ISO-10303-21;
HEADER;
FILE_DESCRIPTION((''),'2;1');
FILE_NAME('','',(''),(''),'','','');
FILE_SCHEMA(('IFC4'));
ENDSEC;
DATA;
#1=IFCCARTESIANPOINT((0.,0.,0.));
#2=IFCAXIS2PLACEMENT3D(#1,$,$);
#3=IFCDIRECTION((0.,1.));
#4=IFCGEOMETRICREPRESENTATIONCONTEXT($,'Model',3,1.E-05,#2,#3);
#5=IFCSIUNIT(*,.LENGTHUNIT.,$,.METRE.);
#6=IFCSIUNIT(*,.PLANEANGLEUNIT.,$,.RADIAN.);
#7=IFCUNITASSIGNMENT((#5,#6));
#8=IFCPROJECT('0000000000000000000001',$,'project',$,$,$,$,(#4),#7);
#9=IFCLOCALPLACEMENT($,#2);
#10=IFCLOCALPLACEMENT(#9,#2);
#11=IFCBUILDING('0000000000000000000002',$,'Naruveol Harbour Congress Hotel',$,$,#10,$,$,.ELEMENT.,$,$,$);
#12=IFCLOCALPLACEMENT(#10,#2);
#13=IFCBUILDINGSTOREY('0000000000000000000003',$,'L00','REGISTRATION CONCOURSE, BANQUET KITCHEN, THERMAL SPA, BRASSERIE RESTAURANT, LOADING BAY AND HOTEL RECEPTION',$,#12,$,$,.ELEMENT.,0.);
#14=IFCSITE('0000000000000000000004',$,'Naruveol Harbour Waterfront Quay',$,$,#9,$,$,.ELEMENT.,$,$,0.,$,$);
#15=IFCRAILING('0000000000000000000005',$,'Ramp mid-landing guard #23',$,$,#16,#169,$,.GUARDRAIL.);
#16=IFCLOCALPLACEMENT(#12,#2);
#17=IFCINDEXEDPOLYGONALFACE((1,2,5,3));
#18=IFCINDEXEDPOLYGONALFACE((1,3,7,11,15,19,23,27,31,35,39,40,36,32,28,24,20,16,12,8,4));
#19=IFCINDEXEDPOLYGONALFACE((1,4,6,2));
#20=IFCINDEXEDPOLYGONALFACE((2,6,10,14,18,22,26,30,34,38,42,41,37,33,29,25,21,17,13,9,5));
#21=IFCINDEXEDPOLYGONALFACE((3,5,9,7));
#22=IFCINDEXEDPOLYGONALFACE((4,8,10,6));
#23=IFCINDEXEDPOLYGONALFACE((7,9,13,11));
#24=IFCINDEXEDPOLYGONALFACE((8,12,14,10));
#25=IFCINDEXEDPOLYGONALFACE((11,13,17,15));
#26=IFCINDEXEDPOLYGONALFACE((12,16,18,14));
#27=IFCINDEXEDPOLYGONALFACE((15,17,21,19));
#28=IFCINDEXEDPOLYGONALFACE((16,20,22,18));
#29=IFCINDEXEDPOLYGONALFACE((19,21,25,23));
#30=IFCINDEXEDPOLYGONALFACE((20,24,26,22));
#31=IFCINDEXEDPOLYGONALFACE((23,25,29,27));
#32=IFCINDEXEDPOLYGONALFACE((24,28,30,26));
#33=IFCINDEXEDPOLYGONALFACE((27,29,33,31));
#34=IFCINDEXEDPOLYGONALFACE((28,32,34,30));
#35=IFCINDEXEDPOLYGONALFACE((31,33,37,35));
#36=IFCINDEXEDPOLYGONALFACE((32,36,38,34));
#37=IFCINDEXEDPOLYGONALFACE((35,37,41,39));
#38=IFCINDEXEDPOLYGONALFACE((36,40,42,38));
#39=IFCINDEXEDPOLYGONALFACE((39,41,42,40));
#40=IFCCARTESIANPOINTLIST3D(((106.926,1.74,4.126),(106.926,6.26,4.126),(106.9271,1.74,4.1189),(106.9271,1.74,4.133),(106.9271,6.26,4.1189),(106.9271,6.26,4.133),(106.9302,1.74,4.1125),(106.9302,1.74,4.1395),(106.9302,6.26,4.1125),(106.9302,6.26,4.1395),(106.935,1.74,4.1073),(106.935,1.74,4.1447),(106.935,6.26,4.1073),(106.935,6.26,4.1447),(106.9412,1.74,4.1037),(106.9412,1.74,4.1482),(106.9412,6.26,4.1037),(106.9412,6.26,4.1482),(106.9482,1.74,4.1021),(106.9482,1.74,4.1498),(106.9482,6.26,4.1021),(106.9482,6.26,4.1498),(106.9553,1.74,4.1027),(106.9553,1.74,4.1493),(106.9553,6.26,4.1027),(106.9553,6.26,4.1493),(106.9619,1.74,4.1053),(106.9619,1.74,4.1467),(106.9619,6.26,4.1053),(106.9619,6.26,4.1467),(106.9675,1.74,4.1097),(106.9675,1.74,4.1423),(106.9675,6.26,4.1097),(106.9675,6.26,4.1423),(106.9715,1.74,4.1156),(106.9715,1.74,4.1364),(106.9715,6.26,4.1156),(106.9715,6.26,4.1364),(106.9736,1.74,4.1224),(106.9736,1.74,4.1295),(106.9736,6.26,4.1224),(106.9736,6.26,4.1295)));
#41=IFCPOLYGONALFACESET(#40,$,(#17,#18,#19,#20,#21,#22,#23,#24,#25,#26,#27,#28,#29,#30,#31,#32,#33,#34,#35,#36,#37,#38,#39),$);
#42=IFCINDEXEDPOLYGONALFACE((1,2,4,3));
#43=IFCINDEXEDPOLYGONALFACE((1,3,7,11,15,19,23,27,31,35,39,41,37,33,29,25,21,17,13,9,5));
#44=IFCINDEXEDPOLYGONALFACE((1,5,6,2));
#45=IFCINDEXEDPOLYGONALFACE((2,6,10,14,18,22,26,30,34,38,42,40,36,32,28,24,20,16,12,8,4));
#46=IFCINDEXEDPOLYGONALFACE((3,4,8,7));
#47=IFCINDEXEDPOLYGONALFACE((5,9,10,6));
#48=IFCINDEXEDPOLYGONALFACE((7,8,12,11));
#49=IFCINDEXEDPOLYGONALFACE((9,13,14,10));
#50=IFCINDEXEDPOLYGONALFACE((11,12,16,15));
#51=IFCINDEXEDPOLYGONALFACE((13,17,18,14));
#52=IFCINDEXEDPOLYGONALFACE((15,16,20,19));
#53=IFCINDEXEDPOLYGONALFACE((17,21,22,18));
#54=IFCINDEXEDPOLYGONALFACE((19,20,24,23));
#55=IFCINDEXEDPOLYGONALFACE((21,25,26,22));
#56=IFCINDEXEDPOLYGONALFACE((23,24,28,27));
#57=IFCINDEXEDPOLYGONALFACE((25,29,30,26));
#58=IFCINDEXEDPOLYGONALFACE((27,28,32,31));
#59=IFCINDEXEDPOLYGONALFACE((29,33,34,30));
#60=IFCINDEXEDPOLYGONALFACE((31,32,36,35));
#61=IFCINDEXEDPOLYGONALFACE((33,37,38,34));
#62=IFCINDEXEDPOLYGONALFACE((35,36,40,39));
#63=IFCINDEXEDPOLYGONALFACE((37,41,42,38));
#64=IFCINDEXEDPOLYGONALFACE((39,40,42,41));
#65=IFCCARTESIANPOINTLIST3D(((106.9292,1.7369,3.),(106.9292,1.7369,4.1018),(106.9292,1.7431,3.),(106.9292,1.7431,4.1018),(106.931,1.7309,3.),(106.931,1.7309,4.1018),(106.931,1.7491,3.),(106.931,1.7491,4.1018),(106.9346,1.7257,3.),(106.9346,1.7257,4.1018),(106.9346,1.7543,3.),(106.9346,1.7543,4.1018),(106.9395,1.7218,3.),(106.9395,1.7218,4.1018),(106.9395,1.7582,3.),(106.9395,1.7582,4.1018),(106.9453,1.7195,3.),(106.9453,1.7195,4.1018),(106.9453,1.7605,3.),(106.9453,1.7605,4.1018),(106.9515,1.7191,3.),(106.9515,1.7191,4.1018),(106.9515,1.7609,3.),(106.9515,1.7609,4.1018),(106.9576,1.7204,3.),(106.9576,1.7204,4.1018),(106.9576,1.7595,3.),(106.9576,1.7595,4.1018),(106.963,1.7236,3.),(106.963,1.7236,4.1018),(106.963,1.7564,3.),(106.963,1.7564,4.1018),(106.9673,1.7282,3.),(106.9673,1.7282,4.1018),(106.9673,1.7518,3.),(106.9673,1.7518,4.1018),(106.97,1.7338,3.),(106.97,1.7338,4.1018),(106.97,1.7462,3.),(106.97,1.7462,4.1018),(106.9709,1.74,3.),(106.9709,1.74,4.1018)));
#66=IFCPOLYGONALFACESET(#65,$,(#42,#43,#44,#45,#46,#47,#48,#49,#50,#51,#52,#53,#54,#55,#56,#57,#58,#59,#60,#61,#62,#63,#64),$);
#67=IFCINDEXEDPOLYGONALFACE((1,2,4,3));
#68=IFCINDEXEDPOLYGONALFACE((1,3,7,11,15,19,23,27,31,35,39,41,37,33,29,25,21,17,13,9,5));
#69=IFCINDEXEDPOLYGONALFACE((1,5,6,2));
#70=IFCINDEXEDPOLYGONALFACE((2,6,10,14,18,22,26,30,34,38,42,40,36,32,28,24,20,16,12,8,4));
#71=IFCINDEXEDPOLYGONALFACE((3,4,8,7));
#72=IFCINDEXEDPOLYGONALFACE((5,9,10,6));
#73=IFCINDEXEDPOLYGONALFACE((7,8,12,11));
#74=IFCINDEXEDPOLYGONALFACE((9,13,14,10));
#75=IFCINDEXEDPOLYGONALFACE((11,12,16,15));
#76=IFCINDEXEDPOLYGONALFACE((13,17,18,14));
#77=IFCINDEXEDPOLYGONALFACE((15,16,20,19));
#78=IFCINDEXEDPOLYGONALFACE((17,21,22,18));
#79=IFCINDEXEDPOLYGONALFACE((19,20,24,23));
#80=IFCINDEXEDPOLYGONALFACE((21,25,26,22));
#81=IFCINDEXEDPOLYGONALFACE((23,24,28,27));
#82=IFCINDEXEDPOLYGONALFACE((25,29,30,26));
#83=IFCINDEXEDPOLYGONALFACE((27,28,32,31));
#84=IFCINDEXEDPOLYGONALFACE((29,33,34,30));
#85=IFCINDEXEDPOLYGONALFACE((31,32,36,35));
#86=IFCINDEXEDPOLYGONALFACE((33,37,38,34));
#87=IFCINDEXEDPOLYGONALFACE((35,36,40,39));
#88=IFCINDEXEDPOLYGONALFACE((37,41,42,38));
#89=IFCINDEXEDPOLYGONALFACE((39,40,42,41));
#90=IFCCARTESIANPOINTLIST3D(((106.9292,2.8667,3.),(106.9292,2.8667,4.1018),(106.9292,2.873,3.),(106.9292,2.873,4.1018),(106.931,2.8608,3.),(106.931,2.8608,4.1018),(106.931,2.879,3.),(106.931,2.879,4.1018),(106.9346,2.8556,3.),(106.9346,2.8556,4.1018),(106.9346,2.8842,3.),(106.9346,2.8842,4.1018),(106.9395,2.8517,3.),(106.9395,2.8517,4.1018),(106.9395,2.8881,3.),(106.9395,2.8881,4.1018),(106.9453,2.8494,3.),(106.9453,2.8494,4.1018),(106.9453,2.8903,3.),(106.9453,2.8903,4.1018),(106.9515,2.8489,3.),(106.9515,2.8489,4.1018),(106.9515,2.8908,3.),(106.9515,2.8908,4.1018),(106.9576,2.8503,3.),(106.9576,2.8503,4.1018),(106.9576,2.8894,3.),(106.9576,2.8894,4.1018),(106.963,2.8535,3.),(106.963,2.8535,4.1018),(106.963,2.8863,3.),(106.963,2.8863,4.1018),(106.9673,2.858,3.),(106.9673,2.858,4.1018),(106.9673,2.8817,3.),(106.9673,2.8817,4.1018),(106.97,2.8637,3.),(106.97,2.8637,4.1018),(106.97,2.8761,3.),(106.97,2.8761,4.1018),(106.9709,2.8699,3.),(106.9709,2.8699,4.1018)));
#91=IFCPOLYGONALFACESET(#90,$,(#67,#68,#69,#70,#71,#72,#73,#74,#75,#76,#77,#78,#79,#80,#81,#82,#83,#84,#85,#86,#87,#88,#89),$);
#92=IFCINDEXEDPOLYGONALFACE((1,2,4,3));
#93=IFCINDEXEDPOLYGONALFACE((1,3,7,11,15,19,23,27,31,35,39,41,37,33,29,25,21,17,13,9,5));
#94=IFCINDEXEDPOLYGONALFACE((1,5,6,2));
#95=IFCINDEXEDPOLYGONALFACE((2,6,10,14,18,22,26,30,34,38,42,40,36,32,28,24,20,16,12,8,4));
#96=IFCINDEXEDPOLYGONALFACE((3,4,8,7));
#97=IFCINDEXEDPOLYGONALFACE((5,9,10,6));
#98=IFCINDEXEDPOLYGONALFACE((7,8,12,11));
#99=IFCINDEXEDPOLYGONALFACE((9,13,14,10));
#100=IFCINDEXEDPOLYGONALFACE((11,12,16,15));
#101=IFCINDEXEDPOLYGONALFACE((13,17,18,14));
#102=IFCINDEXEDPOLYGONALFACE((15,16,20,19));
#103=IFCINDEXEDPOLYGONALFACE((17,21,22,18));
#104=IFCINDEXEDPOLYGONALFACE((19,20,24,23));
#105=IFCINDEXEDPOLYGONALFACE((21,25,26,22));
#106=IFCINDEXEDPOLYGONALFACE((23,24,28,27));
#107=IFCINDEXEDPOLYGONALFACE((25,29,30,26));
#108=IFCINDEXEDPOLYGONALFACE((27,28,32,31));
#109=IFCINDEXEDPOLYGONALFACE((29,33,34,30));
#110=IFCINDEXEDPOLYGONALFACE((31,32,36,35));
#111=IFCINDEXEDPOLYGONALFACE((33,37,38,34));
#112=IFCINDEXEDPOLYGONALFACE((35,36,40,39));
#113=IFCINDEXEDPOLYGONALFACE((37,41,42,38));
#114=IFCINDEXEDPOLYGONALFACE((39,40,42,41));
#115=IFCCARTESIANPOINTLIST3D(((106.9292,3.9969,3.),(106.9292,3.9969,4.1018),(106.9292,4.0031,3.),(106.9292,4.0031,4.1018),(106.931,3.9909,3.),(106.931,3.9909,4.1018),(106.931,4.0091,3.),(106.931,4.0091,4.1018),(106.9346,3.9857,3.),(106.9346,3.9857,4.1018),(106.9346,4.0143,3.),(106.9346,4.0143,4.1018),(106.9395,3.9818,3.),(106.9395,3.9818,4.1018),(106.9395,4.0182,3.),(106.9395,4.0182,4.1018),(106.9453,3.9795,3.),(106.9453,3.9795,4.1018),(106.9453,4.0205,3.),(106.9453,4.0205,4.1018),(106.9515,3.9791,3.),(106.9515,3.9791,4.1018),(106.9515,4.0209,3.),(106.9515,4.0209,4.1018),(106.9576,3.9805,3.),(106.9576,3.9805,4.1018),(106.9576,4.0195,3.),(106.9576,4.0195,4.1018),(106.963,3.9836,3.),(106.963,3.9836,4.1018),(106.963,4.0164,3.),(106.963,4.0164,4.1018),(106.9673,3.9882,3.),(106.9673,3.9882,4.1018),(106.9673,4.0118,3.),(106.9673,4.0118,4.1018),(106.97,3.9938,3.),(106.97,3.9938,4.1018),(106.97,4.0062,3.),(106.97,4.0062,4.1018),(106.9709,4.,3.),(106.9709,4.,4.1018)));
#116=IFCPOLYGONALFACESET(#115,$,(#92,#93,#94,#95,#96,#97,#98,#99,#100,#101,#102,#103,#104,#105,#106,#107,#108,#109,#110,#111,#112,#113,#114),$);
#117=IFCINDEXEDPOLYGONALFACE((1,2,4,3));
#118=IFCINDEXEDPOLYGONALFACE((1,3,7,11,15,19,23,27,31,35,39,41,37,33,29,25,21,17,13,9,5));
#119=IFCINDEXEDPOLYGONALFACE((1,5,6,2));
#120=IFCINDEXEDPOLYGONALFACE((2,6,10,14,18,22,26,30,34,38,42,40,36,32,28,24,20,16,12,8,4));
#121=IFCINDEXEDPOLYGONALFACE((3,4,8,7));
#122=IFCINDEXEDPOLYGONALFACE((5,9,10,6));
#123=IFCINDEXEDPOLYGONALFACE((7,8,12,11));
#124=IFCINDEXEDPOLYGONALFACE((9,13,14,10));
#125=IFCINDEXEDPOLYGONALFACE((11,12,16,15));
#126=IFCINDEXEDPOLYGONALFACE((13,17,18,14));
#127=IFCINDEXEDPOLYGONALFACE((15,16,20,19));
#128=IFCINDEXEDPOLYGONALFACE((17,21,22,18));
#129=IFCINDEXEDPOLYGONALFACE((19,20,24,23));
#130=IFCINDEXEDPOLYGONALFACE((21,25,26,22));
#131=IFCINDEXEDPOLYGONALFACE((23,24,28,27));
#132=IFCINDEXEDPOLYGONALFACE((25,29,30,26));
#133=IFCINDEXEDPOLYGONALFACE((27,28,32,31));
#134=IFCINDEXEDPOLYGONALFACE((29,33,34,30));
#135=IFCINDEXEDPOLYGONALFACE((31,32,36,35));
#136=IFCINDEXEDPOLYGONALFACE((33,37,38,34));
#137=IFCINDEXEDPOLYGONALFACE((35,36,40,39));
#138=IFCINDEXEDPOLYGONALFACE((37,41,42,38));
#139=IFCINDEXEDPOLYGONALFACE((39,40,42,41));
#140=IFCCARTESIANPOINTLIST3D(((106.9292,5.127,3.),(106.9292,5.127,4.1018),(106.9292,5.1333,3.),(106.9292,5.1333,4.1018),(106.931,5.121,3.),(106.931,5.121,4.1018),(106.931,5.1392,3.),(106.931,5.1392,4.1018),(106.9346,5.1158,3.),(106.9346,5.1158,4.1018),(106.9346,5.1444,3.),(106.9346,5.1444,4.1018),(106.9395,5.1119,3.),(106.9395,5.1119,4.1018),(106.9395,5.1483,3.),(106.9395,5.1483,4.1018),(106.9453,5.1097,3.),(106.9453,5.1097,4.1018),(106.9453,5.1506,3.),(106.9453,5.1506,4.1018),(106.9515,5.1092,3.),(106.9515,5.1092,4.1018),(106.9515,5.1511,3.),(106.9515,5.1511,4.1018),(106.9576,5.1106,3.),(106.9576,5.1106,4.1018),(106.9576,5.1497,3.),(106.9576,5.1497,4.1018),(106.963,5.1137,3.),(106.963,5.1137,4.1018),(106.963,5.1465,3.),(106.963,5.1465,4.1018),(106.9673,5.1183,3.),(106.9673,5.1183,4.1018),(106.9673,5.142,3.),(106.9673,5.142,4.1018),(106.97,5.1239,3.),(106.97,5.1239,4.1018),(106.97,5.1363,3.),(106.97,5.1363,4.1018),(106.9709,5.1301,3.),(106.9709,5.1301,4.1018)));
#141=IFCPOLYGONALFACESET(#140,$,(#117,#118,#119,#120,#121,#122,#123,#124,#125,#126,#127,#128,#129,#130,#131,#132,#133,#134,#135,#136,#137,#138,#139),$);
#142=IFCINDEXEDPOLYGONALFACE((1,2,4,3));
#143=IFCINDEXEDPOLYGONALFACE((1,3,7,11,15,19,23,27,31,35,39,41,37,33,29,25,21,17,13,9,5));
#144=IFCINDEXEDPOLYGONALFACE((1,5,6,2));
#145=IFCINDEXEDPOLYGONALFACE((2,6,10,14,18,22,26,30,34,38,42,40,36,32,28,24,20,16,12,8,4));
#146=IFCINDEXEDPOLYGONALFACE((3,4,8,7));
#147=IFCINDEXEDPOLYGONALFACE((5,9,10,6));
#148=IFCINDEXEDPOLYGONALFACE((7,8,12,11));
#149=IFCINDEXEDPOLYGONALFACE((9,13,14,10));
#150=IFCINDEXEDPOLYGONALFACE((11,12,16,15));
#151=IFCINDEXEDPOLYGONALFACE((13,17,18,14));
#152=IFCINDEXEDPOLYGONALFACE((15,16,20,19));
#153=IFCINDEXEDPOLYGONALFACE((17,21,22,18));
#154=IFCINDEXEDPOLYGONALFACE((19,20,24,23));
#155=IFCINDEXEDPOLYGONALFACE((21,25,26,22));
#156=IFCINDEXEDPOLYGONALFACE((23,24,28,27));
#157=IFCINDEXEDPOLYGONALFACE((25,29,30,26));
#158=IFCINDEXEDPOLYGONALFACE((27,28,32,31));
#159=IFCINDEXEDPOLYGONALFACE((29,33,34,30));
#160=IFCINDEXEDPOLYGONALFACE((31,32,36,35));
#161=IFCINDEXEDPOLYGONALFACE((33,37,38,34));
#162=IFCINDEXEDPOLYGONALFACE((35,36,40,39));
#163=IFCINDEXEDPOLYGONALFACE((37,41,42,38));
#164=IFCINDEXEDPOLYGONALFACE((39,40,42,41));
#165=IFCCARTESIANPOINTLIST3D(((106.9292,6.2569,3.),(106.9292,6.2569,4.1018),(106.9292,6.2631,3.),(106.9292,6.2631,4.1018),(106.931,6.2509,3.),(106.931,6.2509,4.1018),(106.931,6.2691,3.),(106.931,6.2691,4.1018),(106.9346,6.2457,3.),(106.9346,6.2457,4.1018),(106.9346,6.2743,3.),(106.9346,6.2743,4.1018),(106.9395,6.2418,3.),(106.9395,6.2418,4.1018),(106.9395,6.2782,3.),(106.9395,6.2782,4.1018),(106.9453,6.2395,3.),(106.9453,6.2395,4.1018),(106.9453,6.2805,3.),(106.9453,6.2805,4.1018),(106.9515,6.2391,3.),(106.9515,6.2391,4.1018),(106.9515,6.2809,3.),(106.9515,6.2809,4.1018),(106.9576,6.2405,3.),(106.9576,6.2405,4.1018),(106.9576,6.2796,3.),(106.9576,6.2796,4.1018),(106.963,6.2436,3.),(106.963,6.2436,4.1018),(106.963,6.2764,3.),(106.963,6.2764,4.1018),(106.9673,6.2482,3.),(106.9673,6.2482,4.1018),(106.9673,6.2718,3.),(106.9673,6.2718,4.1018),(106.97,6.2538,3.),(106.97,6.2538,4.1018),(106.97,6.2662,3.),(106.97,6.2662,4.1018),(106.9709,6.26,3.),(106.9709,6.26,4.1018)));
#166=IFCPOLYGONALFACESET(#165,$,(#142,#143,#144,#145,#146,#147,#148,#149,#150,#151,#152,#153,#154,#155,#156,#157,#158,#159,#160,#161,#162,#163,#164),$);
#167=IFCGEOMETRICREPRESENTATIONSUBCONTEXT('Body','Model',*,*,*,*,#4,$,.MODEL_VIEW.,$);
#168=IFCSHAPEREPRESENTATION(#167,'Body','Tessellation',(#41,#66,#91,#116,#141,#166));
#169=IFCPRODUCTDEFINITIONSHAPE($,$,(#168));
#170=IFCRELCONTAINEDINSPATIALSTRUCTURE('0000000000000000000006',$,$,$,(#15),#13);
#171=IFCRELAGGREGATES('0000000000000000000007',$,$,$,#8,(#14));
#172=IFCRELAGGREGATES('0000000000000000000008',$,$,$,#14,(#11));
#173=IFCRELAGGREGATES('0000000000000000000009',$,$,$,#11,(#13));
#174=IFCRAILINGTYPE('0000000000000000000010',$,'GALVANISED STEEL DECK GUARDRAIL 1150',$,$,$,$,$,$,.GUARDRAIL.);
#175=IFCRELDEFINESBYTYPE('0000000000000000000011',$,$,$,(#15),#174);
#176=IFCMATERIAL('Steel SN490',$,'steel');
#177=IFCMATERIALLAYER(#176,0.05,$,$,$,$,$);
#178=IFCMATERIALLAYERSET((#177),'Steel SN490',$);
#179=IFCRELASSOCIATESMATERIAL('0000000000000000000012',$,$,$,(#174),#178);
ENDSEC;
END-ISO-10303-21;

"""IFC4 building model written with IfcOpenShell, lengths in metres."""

from ifc_helpers import new_model, si_unit, direction, frame, origin, origin_2d, place, context, subcontext, project, spatial, circle, extrude, material, layer, layer_set, type_object, element, save


model = new_model("IFC4")

# Units and contexts
model_context = context("Model", 3, precision=1e-05, world=origin(), true_north=direction((0.0, 1.0)))
body_context = subcontext(model_context, "Body", "Model", "MODEL_VIEW")
ifc_project = project(units=[si_unit("LENGTHUNIT", "METRE"), si_unit("PLANEANGLEUNIT", "RADIAN")], contexts=[model_context])

# Site, building, storey
site_placement = place(None, origin())
site = spatial("IfcSite", under=ifc_project, at=site_placement, Name="Naruveol Harbour Waterfront Quay", CompositionType="ELEMENT", RefElevation=0.0)
building_placement = place(site_placement, origin())
building = spatial("IfcBuilding", under=site, at=building_placement, Name="Naruveol Harbour Congress Hotel", CompositionType="ELEMENT")
storey_placement = place(building_placement, origin())
storey = spatial("IfcBuildingStorey", under=building, at=storey_placement, Name="L00", Description="REGISTRATION CONCOURSE, BANQUET KITCHEN, THERMAL SPA, BRASSERIE RESTAURANT, LOADING BAY AND HOTEL RECEPTION", CompositionType="ELEMENT", Elevation=0.0)

# Railing
ifc_material_1 = material(Name="Steel SN490", Category="steel")
ifc_layer_1 = layer(ifc_material_1, 0.05)
ifc_layer_set_1 = layer_set([ifc_layer_1], Name="Steel SN490")
railing_type = type_object("IfcRailingType", Name="GALVANISED STEEL DECK GUARDRAIL 1150", PredefinedType="GUARDRAIL", material=ifc_layer_set_1)
railing_1_placement = place(storey_placement, frame((106.95, 1.74, 3.0)))
element("IfcRailing", 1, at=railing_1_placement, inside=storey, type_object=railing_type, Name="Ramp mid-landing guard #23", PredefinedType="GUARDRAIL", context=body_context, shape_type="SweptSolid", body=[
    extrude(circle(Radius=0.0239, at=origin_2d()), frame((0.0, 0.0, 1.126), z_axis=(0.0, 1.0, 0.0), x_axis=(-1.0, 0.0, 0.0)), (0.0, 0.0, 1.0), 4.52),
    extrude(circle(Radius=0.021, at=origin_2d()), origin(), (0.0, 0.0, 1.0), 1.1018),
    extrude(circle(Radius=0.021, at=origin_2d()), frame((0.0, 1.1299, 0.0)), (0.0, 0.0, 1.0), 1.1018),
    extrude(circle(Radius=0.021, at=origin_2d()), frame((0.0, 2.26, 0.0)), (0.0, 0.0, 1.0), 1.1018),
    extrude(circle(Radius=0.021, at=origin_2d()), frame((0.0, 3.3901, 0.0)), (0.0, 0.0, 1.0), 1.1018),
    extrude(circle(Radius=0.021, at=origin_2d()), frame((0.0, 4.52, 0.0)), (0.0, 0.0, 1.0), 1.1018),
])

save(model, "model.ifc")
